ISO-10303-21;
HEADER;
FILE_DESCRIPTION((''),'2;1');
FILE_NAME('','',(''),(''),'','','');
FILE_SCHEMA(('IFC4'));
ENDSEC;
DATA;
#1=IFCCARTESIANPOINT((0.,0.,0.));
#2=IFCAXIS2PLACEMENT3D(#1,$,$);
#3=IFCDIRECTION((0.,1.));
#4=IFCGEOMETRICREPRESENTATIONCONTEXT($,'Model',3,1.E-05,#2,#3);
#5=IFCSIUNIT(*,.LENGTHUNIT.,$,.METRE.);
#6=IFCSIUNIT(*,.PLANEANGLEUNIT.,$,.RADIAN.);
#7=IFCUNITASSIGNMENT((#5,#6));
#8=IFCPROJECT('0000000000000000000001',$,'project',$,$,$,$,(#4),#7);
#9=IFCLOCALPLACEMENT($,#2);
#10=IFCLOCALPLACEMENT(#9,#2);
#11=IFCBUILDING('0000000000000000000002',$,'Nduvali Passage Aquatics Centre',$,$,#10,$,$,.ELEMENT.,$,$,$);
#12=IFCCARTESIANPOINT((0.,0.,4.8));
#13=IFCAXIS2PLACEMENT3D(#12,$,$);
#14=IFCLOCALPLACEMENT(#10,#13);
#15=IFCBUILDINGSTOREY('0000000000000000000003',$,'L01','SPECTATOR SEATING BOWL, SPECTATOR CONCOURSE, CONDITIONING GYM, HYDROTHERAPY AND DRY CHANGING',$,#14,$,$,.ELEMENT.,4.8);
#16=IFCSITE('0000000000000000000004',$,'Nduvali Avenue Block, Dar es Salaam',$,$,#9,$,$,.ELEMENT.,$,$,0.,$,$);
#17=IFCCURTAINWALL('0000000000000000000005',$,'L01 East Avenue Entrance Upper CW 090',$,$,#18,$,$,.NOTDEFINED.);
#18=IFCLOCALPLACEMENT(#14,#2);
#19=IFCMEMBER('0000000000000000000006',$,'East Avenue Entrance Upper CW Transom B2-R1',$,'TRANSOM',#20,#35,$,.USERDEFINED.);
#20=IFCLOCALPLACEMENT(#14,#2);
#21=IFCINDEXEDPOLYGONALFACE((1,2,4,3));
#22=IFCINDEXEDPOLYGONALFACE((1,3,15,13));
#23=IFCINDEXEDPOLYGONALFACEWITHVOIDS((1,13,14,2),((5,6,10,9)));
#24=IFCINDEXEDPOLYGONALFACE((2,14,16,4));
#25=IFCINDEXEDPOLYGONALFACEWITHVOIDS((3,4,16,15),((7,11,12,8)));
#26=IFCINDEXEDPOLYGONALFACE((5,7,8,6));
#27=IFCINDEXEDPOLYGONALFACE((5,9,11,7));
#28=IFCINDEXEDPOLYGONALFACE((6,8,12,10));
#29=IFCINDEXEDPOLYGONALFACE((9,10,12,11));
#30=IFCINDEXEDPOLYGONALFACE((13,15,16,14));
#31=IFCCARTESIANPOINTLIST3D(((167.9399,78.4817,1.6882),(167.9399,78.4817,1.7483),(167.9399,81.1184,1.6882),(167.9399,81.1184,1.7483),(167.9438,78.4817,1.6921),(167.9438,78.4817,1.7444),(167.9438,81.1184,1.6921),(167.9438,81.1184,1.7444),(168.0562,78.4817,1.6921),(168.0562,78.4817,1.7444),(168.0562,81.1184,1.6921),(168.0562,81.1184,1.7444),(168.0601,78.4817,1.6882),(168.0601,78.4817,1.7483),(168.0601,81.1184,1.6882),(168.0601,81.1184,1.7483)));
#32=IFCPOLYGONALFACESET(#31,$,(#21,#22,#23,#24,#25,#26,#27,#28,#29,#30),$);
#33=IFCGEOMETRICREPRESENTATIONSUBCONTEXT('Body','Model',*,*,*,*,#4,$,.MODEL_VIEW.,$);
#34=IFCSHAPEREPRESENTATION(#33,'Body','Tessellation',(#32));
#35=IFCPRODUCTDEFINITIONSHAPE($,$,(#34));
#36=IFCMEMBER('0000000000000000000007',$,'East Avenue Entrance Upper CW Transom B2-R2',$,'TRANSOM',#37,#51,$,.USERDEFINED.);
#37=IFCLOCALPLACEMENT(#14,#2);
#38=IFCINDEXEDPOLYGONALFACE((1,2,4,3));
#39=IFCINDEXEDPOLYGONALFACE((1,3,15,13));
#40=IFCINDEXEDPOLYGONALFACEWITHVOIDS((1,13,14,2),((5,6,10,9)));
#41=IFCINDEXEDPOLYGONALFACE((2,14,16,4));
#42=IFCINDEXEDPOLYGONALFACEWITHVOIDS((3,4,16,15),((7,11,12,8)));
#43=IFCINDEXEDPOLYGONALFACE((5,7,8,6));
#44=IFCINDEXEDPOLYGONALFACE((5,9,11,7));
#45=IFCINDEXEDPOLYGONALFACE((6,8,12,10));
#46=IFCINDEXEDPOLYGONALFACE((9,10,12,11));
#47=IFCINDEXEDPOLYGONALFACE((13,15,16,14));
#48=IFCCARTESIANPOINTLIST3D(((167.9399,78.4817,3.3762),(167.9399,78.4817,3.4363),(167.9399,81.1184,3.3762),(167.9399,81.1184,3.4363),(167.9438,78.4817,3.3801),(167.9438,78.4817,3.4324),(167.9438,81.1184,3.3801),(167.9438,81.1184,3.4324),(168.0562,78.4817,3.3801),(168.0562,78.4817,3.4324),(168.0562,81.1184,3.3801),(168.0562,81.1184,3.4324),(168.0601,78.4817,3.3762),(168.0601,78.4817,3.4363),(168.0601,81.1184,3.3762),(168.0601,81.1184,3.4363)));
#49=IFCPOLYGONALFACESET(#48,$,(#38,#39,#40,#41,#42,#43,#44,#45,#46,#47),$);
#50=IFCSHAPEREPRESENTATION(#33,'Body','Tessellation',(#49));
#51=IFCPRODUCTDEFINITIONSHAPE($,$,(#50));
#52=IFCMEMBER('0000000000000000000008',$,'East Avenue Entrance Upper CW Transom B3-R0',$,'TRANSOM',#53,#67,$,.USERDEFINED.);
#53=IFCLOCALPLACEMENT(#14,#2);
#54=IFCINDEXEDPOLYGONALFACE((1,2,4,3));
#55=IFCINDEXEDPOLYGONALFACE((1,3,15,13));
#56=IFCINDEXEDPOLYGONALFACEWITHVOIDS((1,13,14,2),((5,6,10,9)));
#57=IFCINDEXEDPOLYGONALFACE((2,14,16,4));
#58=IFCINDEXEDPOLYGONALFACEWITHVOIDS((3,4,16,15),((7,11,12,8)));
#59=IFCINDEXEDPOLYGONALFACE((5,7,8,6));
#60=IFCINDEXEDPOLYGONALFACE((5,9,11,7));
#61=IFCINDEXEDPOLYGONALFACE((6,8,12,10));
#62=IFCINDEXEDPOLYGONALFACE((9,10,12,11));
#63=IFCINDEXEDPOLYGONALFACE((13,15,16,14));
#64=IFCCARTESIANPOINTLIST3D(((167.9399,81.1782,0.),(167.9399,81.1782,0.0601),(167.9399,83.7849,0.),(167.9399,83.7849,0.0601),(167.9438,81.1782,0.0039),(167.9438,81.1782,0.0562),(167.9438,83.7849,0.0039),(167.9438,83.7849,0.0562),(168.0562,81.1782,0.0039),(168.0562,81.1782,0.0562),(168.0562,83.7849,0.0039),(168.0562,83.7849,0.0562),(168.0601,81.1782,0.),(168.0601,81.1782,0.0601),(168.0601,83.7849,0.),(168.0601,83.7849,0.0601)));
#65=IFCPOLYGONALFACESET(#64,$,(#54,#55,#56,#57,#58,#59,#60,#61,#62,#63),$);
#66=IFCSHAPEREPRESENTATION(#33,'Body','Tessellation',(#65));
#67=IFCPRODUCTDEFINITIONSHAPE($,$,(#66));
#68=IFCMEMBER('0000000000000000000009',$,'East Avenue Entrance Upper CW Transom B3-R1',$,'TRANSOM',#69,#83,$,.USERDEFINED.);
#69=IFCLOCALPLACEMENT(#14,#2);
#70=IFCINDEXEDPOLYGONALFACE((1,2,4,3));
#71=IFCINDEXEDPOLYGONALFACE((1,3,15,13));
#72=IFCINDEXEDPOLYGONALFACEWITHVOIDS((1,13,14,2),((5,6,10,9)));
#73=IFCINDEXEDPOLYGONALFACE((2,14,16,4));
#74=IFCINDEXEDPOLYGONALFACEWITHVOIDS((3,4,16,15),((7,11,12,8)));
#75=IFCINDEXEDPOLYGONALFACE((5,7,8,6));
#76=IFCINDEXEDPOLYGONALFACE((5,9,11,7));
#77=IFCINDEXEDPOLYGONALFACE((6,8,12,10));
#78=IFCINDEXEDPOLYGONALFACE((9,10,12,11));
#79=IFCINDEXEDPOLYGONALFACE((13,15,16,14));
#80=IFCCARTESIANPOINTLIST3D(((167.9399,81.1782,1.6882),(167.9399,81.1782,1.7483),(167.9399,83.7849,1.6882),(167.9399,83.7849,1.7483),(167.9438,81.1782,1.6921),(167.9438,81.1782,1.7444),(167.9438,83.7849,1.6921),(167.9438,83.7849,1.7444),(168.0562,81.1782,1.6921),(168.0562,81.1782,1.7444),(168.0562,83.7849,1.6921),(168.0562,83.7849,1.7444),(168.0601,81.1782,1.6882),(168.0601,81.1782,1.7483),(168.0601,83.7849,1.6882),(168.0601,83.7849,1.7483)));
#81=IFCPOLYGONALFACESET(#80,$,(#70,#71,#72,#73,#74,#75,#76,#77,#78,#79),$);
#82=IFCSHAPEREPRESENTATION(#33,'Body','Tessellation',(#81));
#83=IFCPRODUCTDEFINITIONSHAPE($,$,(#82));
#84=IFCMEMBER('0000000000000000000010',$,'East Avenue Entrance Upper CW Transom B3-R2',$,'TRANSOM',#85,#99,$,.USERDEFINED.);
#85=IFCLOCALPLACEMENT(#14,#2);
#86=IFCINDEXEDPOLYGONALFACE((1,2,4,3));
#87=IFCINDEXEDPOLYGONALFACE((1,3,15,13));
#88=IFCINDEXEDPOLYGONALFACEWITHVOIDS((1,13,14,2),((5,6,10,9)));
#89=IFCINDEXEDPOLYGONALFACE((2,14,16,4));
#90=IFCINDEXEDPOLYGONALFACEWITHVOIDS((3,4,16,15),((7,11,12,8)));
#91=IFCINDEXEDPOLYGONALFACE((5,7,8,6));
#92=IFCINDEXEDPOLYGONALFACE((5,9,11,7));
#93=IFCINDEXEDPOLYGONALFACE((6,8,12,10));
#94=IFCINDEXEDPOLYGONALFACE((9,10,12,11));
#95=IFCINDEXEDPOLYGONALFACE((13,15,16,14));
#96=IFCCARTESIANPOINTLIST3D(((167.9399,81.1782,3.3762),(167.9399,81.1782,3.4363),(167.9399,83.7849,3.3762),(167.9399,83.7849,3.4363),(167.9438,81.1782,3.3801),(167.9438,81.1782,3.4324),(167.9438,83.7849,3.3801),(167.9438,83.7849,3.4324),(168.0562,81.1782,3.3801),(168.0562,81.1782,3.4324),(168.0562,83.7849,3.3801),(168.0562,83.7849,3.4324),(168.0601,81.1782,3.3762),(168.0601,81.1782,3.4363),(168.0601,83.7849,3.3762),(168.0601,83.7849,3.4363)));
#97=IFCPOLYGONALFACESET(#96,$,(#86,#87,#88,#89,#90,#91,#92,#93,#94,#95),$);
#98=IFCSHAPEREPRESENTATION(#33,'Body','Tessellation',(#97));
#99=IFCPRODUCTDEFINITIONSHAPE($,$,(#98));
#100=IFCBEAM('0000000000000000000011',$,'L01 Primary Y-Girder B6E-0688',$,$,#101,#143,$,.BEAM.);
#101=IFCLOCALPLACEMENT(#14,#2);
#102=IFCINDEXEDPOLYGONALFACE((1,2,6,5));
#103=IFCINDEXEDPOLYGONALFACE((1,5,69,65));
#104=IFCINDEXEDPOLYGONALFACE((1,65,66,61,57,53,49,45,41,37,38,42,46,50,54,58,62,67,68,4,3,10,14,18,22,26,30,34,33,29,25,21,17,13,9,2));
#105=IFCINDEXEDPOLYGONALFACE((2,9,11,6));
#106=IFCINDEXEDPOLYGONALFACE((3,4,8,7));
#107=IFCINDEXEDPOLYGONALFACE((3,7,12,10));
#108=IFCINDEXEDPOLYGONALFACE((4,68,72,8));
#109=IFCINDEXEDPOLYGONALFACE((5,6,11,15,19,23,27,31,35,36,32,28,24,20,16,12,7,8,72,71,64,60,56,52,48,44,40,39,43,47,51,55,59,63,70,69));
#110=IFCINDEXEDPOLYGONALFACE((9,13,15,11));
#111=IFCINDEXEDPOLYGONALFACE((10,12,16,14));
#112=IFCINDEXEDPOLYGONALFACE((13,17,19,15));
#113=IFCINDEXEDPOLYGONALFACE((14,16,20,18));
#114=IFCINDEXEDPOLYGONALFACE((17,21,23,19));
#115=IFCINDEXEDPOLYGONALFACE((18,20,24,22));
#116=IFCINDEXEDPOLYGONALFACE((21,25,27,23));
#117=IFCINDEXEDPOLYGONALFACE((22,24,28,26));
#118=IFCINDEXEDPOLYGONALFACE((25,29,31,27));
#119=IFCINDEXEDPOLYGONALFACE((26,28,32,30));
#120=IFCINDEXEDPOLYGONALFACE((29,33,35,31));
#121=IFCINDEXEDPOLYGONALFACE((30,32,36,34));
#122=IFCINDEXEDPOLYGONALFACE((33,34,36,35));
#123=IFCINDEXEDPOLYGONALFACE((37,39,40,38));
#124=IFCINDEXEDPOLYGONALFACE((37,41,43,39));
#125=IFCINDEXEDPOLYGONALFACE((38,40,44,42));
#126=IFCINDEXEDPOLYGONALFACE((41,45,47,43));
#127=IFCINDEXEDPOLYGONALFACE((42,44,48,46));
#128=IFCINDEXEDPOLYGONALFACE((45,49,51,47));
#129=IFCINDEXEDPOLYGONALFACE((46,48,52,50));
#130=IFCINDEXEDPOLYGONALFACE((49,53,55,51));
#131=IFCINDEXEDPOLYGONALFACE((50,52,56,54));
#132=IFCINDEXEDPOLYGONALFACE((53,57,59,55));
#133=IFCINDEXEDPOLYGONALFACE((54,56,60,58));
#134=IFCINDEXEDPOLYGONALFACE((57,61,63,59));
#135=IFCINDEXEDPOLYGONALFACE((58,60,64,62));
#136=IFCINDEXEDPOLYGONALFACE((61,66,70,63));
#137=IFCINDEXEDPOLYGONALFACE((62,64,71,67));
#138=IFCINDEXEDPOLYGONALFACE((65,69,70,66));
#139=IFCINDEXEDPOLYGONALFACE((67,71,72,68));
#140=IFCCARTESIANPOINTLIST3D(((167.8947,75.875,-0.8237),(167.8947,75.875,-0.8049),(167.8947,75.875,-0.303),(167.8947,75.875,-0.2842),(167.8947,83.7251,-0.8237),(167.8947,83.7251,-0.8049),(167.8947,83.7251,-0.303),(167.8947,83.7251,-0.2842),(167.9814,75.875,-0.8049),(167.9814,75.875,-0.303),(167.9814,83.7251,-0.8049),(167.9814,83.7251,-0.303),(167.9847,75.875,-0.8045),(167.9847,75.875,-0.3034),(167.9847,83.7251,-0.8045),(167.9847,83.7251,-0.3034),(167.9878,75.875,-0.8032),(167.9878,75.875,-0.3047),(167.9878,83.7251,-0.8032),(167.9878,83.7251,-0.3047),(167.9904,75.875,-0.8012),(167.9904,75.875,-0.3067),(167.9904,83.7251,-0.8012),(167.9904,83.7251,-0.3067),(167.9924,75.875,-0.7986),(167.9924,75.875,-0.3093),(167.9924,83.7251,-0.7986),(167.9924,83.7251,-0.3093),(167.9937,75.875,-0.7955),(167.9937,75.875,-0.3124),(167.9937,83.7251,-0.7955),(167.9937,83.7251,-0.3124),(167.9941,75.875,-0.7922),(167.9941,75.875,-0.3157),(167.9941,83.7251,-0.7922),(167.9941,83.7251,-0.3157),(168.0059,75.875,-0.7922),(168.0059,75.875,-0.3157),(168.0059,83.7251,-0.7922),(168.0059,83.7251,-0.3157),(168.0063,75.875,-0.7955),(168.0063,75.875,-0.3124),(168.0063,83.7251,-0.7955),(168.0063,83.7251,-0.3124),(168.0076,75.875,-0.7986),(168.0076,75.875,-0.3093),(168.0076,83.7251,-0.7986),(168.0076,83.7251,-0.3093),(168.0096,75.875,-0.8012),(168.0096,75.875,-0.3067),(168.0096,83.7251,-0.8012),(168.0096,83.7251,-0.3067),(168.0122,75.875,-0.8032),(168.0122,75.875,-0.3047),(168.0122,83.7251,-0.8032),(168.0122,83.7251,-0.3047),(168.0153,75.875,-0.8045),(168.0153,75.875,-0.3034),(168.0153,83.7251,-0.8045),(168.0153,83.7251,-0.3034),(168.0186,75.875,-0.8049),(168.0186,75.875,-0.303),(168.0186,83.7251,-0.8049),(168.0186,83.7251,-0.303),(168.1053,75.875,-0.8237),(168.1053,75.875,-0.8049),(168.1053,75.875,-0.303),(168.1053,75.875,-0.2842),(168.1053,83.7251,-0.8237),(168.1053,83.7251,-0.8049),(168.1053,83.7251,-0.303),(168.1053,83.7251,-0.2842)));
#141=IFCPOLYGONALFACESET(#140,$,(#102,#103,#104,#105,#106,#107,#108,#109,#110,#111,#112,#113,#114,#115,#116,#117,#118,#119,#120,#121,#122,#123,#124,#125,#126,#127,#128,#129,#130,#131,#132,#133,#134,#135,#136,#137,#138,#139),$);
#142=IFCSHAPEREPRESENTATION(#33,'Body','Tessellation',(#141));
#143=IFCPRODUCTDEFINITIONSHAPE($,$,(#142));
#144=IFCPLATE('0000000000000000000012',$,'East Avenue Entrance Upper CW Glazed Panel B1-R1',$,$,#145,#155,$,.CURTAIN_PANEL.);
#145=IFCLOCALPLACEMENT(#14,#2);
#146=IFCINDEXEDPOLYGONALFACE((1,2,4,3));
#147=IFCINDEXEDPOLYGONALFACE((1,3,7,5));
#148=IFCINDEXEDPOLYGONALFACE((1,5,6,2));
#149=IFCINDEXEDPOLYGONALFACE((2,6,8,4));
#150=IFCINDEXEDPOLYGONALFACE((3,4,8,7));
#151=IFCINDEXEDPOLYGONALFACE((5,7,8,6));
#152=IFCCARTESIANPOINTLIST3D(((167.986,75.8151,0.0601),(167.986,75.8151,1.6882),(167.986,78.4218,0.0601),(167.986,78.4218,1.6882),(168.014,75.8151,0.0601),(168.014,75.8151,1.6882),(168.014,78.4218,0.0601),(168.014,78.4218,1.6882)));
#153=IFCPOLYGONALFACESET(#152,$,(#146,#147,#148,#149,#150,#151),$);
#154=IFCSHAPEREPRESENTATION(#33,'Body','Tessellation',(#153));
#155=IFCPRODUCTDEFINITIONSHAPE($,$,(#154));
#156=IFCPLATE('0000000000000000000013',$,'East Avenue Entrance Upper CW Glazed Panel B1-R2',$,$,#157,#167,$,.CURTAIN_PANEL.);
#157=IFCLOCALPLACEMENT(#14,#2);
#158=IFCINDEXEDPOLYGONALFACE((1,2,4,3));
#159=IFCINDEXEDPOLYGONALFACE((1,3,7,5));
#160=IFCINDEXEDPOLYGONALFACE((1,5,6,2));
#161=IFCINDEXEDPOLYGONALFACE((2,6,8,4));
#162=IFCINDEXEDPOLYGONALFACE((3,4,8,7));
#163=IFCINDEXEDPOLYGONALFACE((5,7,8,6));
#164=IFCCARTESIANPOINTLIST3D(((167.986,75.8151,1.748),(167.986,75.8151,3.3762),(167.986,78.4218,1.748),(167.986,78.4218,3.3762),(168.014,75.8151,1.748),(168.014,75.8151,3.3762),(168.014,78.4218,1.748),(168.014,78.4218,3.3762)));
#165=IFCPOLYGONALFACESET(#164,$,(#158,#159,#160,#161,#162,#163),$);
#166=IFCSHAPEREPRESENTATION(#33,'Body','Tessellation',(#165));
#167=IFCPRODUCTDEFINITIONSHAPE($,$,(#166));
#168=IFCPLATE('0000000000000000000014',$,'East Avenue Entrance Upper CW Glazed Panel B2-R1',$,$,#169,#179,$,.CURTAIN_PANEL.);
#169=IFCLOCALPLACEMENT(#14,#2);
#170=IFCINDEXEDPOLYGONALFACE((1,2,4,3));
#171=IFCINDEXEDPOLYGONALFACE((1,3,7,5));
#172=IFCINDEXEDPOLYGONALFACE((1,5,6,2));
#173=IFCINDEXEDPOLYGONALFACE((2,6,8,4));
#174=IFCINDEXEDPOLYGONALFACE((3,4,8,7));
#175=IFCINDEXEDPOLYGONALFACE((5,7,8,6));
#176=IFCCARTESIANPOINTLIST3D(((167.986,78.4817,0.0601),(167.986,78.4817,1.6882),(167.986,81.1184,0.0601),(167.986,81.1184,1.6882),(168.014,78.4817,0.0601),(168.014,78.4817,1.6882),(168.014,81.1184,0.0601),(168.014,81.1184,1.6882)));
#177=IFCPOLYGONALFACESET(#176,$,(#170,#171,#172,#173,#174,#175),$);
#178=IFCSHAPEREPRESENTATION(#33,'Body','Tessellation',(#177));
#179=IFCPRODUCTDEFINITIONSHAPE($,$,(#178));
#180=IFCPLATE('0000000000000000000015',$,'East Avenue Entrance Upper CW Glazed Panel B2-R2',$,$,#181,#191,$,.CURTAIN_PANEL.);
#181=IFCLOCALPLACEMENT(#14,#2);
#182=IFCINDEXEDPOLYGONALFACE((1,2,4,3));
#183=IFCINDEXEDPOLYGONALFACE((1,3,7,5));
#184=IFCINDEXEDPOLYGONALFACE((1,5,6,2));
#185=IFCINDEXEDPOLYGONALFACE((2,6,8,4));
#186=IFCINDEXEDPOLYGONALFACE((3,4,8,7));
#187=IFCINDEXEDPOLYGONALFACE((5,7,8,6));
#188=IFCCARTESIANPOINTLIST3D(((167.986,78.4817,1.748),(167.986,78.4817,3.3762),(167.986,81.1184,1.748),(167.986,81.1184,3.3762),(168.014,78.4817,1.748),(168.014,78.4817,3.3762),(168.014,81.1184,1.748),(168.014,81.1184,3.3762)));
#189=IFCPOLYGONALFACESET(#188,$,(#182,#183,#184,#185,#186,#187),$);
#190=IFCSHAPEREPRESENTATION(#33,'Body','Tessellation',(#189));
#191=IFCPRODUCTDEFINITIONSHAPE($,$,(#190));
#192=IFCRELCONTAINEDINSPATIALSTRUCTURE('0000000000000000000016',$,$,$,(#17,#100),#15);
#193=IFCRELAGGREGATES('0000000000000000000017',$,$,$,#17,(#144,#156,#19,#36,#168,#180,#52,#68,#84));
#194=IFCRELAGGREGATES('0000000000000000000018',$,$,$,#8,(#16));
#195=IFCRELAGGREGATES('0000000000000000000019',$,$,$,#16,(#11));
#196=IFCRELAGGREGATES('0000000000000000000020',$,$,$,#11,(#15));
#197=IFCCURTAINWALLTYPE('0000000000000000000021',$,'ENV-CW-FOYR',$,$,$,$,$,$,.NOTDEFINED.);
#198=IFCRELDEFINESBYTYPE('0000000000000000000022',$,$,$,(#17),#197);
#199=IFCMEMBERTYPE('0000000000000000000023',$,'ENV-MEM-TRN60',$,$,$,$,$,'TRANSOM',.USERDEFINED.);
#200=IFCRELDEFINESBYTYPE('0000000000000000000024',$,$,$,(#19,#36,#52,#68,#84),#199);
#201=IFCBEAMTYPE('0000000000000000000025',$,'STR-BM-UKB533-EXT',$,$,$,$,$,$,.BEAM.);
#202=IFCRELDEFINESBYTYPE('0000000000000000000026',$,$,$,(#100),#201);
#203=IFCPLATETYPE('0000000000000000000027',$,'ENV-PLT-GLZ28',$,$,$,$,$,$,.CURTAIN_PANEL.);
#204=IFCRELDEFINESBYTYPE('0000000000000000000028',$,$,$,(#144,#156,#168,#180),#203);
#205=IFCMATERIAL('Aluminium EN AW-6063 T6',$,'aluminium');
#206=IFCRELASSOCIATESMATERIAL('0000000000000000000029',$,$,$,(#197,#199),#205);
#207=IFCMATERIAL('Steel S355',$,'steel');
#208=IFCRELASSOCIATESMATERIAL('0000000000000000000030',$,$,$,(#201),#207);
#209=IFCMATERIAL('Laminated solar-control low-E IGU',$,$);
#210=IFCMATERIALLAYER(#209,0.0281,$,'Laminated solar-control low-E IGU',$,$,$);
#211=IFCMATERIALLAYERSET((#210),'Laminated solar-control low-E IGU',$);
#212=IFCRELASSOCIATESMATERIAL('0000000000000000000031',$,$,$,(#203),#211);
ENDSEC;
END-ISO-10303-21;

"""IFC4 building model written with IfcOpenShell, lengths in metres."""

from ifc_helpers import new_model, si_unit, direction, frame, origin, origin_2d, place, context, subcontext, project, spatial, rectangle, hollow_rectangle, i_section, extrude, material, layer, layer_set, material_profile, profile_set, type_object, element, aggregate, save


model = new_model("IFC4")

# Units and contexts
model_context = context("Model", 3, precision=1e-05, world=origin(), true_north=direction((0.0, 1.0)))
body_context = subcontext(model_context, "Body", "Model", "MODEL_VIEW")
ifc_project = project(units=[si_unit("LENGTHUNIT", "METRE"), si_unit("PLANEANGLEUNIT", "RADIAN")], contexts=[model_context])

# Site, building, storey
site_placement = place(None, origin())
site = spatial("IfcSite", under=ifc_project, at=site_placement, Name="Nduvali Avenue Block, Dar es Salaam", CompositionType="ELEMENT", RefElevation=0.0)
building_placement = place(site_placement, origin())
building = spatial("IfcBuilding", under=site, at=building_placement, Name="Nduvali Passage Aquatics Centre", CompositionType="ELEMENT")
storey_placement = place(building_placement, frame((0.0, 0.0, 4.8)))
storey = spatial("IfcBuildingStorey", under=building, at=storey_placement, Name="L01", Description="SPECTATOR SEATING BOWL, SPECTATOR CONCOURSE, CONDITIONING GYM, HYDROTHERAPY AND DRY CHANGING", CompositionType="ELEMENT", Elevation=4.8)

# Shared definitions
ifc_material_1 = material(Name="Steel S355", Category="steel")

# Shared definitions
ifc_material_2 = material(Name="Aluminium EN AW-6063 T6", Category="aluminium")
curtain_wall_type = type_object("IfcCurtainWallType", Name="ENV-CW-FOYR", PredefinedType="NOTDEFINED", material=ifc_material_2)

# Curtain wall, members
curtain_wall_1_placement = place(storey_placement, origin())
curtain_wall_1 = element("IfcCurtainWall", 1, at=curtain_wall_1_placement, inside=storey, type_object=curtain_wall_type, Name="L01 East Avenue Entrance Upper CW 090", PredefinedType="NOTDEFINED")
ifc_material_profile_1 = material_profile(ifc_material_2, hollow_rectangle(XDim=0.1201, YDim=0.0601, WallThickness=0.0039, at=origin_2d()), Name="ALU TRANSOM 120x60x4")
ifc_profile_set_1 = profile_set([ifc_material_profile_1], Name="Aluminium EN AW-6063 T6")
member_type_1 = type_object("IfcMemberType", Name="ENV-MEM-TRN60", ElementType="TRANSOM", PredefinedType="USERDEFINED", material=ifc_profile_set_1)
member_1_placement = place(storey_placement, frame((168.0, 78.4817, 1.7183), z_axis=(0.0, 1.0, 0.0), x_axis=(-1.0, 0.0, 0.0)))
member_1 = element("IfcMember", 2, at=member_1_placement, type_object=member_type_1, Name="East Avenue Entrance Upper CW Transom B2-R1", ObjectType="TRANSOM", PredefinedType="USERDEFINED", context=body_context, shape_type="SweptSolid", body=[
    extrude(hollow_rectangle(XDim=0.1201, YDim=0.0601, WallThickness=0.0039, at=origin_2d()), origin(), (0.0, 0.0, 1.0), 2.6367),
])
member_2_placement = place(storey_placement, frame((168.0, 78.4817, 3.4062), z_axis=(0.0, 1.0, 0.0), x_axis=(-1.0, 0.0, 0.0)))
member_2 = element("IfcMember", 3, at=member_2_placement, type_object=member_type_1, Name="East Avenue Entrance Upper CW Transom B2-R2", ObjectType="TRANSOM", PredefinedType="USERDEFINED", context=body_context, shape_type="SweptSolid", body=[
    extrude(hollow_rectangle(XDim=0.1201, YDim=0.0601, WallThickness=0.0039, at=origin_2d()), origin(), (0.0, 0.0, 1.0), 2.6367),
])
member_3_placement = place(storey_placement, frame((168.0, 81.1782, 0.03), z_axis=(0.0, 1.0, 0.0), x_axis=(-1.0, 0.0, 0.0)))
member_3 = element("IfcMember", 4, at=member_3_placement, type_object=member_type_1, Name="East Avenue Entrance Upper CW Transom B3-R0", ObjectType="TRANSOM", PredefinedType="USERDEFINED", context=body_context, shape_type="SweptSolid", body=[
    extrude(hollow_rectangle(XDim=0.1201, YDim=0.0601, WallThickness=0.0039, at=origin_2d()), origin(), (0.0, 0.0, 1.0), 2.6067),
])
member_4_placement = place(storey_placement, frame((168.0, 81.1782, 1.7183), z_axis=(0.0, 1.0, 0.0), x_axis=(-1.0, 0.0, 0.0)))
member_4 = element("IfcMember", 5, at=member_4_placement, type_object=member_type_1, Name="East Avenue Entrance Upper CW Transom B3-R1", ObjectType="TRANSOM", PredefinedType="USERDEFINED", context=body_context, shape_type="SweptSolid", body=[
    extrude(hollow_rectangle(XDim=0.1201, YDim=0.0601, WallThickness=0.0039, at=origin_2d()), origin(), (0.0, 0.0, 1.0), 2.6067),
])
member_5_placement = place(storey_placement, frame((168.0, 81.1782, 3.4062), z_axis=(0.0, 1.0, 0.0), x_axis=(-1.0, 0.0, 0.0)))
member_5 = element("IfcMember", 6, at=member_5_placement, type_object=member_type_1, Name="East Avenue Entrance Upper CW Transom B3-R2", ObjectType="TRANSOM", PredefinedType="USERDEFINED", context=body_context, shape_type="SweptSolid", body=[
    extrude(hollow_rectangle(XDim=0.1201, YDim=0.0601, WallThickness=0.0039, at=origin_2d()), origin(), (0.0, 0.0, 1.0), 2.6067),
])

# Beam
ifc_material_profile_2 = material_profile(ifc_material_1, i_section(OverallWidth=0.2107, OverallDepth=0.5396, WebThickness=0.0117, FlangeThickness=0.0188, FilletRadius=0.0127, at=origin_2d()), Name="UKB 533x210x109")
ifc_profile_set_2 = profile_set([ifc_material_profile_2], Name="Steel S355")
beam_type = type_object("IfcBeamType", Name="STR-BM-UKB533-EXT", PredefinedType="BEAM", material=ifc_profile_set_2)
beam_placement = place(storey_placement, frame((168.0, 75.875, -0.554), z_axis=(0.0, 1.0, 0.0), x_axis=(-1.0, 0.0, 0.0)))
element("IfcBeam", 7, at=beam_placement, inside=storey, type_object=beam_type, Name="L01 Primary Y-Girder B6E-0688", PredefinedType="BEAM", context=body_context, shape_type="SweptSolid", body=[
    extrude(i_section(OverallWidth=0.2107, OverallDepth=0.5396, WebThickness=0.0117, FlangeThickness=0.0188, FilletRadius=0.0127, at=origin_2d()), origin(), (0.0, 0.0, 1.0), 7.8501),
])

# Plates
ifc_material_3 = material(Name="Laminated solar-control low-E IGU")
ifc_layer = layer(ifc_material_3, 0.0281, Name="Laminated solar-control low-E IGU")
ifc_layer_set = layer_set([ifc_layer], Name="Laminated solar-control low-E IGU")
plate_type = type_object("IfcPlateType", Name="ENV-PLT-GLZ28", PredefinedType="CURTAIN_PANEL", material=ifc_layer_set)
plate_1_placement = place(storey_placement, frame((168.0, 77.1184, 0.0601), z_axis=(0.0, 0.0, 1.0), x_axis=(0.0, 1.0, 0.0)))
plate_1 = element("IfcPlate", 8, at=plate_1_placement, type_object=plate_type, Name="East Avenue Entrance Upper CW Glazed Panel B1-R1", PredefinedType="CURTAIN_PANEL", context=body_context, shape_type="SweptSolid", body=[
    extrude(rectangle(XDim=2.6067, YDim=0.0281, at=origin_2d()), origin(), (0.0, 0.0, 1.0), 1.6282),
])
plate_2_placement = place(storey_placement, frame((168.0, 77.1184, 1.748), z_axis=(0.0, 0.0, 1.0), x_axis=(0.0, 1.0, 0.0)))
plate_2 = element("IfcPlate", 9, at=plate_2_placement, type_object=plate_type, Name="East Avenue Entrance Upper CW Glazed Panel B1-R2", PredefinedType="CURTAIN_PANEL", context=body_context, shape_type="SweptSolid", body=[
    extrude(rectangle(XDim=2.6067, YDim=0.0281, at=origin_2d()), origin(), (0.0, 0.0, 1.0), 1.6282),
])
plate_3_placement = place(storey_placement, frame((168.0, 79.8, 0.0601), z_axis=(0.0, 0.0, 1.0), x_axis=(0.0, 1.0, 0.0)))
plate_3 = element("IfcPlate", 10, at=plate_3_placement, type_object=plate_type, Name="East Avenue Entrance Upper CW Glazed Panel B2-R1", PredefinedType="CURTAIN_PANEL", context=body_context, shape_type="SweptSolid", body=[
    extrude(rectangle(XDim=2.6367, YDim=0.0281, at=origin_2d()), origin(), (0.0, 0.0, 1.0), 1.6282),
])
plate_4_placement = place(storey_placement, frame((168.0, 79.8, 1.748), z_axis=(0.0, 0.0, 1.0), x_axis=(0.0, 1.0, 0.0)))
plate_4 = element("IfcPlate", 11, at=plate_4_placement, type_object=plate_type, Name="East Avenue Entrance Upper CW Glazed Panel B2-R2", PredefinedType="CURTAIN_PANEL", context=body_context, shape_type="SweptSolid", body=[
    extrude(rectangle(XDim=2.6367, YDim=0.0281, at=origin_2d()), origin(), (0.0, 0.0, 1.0), 1.6282),
])
aggregate(curtain_wall_1, [plate_1, plate_2, member_1, member_2, plate_3, plate_4, member_3, member_4, member_5])

save(model, "model.ifc")
